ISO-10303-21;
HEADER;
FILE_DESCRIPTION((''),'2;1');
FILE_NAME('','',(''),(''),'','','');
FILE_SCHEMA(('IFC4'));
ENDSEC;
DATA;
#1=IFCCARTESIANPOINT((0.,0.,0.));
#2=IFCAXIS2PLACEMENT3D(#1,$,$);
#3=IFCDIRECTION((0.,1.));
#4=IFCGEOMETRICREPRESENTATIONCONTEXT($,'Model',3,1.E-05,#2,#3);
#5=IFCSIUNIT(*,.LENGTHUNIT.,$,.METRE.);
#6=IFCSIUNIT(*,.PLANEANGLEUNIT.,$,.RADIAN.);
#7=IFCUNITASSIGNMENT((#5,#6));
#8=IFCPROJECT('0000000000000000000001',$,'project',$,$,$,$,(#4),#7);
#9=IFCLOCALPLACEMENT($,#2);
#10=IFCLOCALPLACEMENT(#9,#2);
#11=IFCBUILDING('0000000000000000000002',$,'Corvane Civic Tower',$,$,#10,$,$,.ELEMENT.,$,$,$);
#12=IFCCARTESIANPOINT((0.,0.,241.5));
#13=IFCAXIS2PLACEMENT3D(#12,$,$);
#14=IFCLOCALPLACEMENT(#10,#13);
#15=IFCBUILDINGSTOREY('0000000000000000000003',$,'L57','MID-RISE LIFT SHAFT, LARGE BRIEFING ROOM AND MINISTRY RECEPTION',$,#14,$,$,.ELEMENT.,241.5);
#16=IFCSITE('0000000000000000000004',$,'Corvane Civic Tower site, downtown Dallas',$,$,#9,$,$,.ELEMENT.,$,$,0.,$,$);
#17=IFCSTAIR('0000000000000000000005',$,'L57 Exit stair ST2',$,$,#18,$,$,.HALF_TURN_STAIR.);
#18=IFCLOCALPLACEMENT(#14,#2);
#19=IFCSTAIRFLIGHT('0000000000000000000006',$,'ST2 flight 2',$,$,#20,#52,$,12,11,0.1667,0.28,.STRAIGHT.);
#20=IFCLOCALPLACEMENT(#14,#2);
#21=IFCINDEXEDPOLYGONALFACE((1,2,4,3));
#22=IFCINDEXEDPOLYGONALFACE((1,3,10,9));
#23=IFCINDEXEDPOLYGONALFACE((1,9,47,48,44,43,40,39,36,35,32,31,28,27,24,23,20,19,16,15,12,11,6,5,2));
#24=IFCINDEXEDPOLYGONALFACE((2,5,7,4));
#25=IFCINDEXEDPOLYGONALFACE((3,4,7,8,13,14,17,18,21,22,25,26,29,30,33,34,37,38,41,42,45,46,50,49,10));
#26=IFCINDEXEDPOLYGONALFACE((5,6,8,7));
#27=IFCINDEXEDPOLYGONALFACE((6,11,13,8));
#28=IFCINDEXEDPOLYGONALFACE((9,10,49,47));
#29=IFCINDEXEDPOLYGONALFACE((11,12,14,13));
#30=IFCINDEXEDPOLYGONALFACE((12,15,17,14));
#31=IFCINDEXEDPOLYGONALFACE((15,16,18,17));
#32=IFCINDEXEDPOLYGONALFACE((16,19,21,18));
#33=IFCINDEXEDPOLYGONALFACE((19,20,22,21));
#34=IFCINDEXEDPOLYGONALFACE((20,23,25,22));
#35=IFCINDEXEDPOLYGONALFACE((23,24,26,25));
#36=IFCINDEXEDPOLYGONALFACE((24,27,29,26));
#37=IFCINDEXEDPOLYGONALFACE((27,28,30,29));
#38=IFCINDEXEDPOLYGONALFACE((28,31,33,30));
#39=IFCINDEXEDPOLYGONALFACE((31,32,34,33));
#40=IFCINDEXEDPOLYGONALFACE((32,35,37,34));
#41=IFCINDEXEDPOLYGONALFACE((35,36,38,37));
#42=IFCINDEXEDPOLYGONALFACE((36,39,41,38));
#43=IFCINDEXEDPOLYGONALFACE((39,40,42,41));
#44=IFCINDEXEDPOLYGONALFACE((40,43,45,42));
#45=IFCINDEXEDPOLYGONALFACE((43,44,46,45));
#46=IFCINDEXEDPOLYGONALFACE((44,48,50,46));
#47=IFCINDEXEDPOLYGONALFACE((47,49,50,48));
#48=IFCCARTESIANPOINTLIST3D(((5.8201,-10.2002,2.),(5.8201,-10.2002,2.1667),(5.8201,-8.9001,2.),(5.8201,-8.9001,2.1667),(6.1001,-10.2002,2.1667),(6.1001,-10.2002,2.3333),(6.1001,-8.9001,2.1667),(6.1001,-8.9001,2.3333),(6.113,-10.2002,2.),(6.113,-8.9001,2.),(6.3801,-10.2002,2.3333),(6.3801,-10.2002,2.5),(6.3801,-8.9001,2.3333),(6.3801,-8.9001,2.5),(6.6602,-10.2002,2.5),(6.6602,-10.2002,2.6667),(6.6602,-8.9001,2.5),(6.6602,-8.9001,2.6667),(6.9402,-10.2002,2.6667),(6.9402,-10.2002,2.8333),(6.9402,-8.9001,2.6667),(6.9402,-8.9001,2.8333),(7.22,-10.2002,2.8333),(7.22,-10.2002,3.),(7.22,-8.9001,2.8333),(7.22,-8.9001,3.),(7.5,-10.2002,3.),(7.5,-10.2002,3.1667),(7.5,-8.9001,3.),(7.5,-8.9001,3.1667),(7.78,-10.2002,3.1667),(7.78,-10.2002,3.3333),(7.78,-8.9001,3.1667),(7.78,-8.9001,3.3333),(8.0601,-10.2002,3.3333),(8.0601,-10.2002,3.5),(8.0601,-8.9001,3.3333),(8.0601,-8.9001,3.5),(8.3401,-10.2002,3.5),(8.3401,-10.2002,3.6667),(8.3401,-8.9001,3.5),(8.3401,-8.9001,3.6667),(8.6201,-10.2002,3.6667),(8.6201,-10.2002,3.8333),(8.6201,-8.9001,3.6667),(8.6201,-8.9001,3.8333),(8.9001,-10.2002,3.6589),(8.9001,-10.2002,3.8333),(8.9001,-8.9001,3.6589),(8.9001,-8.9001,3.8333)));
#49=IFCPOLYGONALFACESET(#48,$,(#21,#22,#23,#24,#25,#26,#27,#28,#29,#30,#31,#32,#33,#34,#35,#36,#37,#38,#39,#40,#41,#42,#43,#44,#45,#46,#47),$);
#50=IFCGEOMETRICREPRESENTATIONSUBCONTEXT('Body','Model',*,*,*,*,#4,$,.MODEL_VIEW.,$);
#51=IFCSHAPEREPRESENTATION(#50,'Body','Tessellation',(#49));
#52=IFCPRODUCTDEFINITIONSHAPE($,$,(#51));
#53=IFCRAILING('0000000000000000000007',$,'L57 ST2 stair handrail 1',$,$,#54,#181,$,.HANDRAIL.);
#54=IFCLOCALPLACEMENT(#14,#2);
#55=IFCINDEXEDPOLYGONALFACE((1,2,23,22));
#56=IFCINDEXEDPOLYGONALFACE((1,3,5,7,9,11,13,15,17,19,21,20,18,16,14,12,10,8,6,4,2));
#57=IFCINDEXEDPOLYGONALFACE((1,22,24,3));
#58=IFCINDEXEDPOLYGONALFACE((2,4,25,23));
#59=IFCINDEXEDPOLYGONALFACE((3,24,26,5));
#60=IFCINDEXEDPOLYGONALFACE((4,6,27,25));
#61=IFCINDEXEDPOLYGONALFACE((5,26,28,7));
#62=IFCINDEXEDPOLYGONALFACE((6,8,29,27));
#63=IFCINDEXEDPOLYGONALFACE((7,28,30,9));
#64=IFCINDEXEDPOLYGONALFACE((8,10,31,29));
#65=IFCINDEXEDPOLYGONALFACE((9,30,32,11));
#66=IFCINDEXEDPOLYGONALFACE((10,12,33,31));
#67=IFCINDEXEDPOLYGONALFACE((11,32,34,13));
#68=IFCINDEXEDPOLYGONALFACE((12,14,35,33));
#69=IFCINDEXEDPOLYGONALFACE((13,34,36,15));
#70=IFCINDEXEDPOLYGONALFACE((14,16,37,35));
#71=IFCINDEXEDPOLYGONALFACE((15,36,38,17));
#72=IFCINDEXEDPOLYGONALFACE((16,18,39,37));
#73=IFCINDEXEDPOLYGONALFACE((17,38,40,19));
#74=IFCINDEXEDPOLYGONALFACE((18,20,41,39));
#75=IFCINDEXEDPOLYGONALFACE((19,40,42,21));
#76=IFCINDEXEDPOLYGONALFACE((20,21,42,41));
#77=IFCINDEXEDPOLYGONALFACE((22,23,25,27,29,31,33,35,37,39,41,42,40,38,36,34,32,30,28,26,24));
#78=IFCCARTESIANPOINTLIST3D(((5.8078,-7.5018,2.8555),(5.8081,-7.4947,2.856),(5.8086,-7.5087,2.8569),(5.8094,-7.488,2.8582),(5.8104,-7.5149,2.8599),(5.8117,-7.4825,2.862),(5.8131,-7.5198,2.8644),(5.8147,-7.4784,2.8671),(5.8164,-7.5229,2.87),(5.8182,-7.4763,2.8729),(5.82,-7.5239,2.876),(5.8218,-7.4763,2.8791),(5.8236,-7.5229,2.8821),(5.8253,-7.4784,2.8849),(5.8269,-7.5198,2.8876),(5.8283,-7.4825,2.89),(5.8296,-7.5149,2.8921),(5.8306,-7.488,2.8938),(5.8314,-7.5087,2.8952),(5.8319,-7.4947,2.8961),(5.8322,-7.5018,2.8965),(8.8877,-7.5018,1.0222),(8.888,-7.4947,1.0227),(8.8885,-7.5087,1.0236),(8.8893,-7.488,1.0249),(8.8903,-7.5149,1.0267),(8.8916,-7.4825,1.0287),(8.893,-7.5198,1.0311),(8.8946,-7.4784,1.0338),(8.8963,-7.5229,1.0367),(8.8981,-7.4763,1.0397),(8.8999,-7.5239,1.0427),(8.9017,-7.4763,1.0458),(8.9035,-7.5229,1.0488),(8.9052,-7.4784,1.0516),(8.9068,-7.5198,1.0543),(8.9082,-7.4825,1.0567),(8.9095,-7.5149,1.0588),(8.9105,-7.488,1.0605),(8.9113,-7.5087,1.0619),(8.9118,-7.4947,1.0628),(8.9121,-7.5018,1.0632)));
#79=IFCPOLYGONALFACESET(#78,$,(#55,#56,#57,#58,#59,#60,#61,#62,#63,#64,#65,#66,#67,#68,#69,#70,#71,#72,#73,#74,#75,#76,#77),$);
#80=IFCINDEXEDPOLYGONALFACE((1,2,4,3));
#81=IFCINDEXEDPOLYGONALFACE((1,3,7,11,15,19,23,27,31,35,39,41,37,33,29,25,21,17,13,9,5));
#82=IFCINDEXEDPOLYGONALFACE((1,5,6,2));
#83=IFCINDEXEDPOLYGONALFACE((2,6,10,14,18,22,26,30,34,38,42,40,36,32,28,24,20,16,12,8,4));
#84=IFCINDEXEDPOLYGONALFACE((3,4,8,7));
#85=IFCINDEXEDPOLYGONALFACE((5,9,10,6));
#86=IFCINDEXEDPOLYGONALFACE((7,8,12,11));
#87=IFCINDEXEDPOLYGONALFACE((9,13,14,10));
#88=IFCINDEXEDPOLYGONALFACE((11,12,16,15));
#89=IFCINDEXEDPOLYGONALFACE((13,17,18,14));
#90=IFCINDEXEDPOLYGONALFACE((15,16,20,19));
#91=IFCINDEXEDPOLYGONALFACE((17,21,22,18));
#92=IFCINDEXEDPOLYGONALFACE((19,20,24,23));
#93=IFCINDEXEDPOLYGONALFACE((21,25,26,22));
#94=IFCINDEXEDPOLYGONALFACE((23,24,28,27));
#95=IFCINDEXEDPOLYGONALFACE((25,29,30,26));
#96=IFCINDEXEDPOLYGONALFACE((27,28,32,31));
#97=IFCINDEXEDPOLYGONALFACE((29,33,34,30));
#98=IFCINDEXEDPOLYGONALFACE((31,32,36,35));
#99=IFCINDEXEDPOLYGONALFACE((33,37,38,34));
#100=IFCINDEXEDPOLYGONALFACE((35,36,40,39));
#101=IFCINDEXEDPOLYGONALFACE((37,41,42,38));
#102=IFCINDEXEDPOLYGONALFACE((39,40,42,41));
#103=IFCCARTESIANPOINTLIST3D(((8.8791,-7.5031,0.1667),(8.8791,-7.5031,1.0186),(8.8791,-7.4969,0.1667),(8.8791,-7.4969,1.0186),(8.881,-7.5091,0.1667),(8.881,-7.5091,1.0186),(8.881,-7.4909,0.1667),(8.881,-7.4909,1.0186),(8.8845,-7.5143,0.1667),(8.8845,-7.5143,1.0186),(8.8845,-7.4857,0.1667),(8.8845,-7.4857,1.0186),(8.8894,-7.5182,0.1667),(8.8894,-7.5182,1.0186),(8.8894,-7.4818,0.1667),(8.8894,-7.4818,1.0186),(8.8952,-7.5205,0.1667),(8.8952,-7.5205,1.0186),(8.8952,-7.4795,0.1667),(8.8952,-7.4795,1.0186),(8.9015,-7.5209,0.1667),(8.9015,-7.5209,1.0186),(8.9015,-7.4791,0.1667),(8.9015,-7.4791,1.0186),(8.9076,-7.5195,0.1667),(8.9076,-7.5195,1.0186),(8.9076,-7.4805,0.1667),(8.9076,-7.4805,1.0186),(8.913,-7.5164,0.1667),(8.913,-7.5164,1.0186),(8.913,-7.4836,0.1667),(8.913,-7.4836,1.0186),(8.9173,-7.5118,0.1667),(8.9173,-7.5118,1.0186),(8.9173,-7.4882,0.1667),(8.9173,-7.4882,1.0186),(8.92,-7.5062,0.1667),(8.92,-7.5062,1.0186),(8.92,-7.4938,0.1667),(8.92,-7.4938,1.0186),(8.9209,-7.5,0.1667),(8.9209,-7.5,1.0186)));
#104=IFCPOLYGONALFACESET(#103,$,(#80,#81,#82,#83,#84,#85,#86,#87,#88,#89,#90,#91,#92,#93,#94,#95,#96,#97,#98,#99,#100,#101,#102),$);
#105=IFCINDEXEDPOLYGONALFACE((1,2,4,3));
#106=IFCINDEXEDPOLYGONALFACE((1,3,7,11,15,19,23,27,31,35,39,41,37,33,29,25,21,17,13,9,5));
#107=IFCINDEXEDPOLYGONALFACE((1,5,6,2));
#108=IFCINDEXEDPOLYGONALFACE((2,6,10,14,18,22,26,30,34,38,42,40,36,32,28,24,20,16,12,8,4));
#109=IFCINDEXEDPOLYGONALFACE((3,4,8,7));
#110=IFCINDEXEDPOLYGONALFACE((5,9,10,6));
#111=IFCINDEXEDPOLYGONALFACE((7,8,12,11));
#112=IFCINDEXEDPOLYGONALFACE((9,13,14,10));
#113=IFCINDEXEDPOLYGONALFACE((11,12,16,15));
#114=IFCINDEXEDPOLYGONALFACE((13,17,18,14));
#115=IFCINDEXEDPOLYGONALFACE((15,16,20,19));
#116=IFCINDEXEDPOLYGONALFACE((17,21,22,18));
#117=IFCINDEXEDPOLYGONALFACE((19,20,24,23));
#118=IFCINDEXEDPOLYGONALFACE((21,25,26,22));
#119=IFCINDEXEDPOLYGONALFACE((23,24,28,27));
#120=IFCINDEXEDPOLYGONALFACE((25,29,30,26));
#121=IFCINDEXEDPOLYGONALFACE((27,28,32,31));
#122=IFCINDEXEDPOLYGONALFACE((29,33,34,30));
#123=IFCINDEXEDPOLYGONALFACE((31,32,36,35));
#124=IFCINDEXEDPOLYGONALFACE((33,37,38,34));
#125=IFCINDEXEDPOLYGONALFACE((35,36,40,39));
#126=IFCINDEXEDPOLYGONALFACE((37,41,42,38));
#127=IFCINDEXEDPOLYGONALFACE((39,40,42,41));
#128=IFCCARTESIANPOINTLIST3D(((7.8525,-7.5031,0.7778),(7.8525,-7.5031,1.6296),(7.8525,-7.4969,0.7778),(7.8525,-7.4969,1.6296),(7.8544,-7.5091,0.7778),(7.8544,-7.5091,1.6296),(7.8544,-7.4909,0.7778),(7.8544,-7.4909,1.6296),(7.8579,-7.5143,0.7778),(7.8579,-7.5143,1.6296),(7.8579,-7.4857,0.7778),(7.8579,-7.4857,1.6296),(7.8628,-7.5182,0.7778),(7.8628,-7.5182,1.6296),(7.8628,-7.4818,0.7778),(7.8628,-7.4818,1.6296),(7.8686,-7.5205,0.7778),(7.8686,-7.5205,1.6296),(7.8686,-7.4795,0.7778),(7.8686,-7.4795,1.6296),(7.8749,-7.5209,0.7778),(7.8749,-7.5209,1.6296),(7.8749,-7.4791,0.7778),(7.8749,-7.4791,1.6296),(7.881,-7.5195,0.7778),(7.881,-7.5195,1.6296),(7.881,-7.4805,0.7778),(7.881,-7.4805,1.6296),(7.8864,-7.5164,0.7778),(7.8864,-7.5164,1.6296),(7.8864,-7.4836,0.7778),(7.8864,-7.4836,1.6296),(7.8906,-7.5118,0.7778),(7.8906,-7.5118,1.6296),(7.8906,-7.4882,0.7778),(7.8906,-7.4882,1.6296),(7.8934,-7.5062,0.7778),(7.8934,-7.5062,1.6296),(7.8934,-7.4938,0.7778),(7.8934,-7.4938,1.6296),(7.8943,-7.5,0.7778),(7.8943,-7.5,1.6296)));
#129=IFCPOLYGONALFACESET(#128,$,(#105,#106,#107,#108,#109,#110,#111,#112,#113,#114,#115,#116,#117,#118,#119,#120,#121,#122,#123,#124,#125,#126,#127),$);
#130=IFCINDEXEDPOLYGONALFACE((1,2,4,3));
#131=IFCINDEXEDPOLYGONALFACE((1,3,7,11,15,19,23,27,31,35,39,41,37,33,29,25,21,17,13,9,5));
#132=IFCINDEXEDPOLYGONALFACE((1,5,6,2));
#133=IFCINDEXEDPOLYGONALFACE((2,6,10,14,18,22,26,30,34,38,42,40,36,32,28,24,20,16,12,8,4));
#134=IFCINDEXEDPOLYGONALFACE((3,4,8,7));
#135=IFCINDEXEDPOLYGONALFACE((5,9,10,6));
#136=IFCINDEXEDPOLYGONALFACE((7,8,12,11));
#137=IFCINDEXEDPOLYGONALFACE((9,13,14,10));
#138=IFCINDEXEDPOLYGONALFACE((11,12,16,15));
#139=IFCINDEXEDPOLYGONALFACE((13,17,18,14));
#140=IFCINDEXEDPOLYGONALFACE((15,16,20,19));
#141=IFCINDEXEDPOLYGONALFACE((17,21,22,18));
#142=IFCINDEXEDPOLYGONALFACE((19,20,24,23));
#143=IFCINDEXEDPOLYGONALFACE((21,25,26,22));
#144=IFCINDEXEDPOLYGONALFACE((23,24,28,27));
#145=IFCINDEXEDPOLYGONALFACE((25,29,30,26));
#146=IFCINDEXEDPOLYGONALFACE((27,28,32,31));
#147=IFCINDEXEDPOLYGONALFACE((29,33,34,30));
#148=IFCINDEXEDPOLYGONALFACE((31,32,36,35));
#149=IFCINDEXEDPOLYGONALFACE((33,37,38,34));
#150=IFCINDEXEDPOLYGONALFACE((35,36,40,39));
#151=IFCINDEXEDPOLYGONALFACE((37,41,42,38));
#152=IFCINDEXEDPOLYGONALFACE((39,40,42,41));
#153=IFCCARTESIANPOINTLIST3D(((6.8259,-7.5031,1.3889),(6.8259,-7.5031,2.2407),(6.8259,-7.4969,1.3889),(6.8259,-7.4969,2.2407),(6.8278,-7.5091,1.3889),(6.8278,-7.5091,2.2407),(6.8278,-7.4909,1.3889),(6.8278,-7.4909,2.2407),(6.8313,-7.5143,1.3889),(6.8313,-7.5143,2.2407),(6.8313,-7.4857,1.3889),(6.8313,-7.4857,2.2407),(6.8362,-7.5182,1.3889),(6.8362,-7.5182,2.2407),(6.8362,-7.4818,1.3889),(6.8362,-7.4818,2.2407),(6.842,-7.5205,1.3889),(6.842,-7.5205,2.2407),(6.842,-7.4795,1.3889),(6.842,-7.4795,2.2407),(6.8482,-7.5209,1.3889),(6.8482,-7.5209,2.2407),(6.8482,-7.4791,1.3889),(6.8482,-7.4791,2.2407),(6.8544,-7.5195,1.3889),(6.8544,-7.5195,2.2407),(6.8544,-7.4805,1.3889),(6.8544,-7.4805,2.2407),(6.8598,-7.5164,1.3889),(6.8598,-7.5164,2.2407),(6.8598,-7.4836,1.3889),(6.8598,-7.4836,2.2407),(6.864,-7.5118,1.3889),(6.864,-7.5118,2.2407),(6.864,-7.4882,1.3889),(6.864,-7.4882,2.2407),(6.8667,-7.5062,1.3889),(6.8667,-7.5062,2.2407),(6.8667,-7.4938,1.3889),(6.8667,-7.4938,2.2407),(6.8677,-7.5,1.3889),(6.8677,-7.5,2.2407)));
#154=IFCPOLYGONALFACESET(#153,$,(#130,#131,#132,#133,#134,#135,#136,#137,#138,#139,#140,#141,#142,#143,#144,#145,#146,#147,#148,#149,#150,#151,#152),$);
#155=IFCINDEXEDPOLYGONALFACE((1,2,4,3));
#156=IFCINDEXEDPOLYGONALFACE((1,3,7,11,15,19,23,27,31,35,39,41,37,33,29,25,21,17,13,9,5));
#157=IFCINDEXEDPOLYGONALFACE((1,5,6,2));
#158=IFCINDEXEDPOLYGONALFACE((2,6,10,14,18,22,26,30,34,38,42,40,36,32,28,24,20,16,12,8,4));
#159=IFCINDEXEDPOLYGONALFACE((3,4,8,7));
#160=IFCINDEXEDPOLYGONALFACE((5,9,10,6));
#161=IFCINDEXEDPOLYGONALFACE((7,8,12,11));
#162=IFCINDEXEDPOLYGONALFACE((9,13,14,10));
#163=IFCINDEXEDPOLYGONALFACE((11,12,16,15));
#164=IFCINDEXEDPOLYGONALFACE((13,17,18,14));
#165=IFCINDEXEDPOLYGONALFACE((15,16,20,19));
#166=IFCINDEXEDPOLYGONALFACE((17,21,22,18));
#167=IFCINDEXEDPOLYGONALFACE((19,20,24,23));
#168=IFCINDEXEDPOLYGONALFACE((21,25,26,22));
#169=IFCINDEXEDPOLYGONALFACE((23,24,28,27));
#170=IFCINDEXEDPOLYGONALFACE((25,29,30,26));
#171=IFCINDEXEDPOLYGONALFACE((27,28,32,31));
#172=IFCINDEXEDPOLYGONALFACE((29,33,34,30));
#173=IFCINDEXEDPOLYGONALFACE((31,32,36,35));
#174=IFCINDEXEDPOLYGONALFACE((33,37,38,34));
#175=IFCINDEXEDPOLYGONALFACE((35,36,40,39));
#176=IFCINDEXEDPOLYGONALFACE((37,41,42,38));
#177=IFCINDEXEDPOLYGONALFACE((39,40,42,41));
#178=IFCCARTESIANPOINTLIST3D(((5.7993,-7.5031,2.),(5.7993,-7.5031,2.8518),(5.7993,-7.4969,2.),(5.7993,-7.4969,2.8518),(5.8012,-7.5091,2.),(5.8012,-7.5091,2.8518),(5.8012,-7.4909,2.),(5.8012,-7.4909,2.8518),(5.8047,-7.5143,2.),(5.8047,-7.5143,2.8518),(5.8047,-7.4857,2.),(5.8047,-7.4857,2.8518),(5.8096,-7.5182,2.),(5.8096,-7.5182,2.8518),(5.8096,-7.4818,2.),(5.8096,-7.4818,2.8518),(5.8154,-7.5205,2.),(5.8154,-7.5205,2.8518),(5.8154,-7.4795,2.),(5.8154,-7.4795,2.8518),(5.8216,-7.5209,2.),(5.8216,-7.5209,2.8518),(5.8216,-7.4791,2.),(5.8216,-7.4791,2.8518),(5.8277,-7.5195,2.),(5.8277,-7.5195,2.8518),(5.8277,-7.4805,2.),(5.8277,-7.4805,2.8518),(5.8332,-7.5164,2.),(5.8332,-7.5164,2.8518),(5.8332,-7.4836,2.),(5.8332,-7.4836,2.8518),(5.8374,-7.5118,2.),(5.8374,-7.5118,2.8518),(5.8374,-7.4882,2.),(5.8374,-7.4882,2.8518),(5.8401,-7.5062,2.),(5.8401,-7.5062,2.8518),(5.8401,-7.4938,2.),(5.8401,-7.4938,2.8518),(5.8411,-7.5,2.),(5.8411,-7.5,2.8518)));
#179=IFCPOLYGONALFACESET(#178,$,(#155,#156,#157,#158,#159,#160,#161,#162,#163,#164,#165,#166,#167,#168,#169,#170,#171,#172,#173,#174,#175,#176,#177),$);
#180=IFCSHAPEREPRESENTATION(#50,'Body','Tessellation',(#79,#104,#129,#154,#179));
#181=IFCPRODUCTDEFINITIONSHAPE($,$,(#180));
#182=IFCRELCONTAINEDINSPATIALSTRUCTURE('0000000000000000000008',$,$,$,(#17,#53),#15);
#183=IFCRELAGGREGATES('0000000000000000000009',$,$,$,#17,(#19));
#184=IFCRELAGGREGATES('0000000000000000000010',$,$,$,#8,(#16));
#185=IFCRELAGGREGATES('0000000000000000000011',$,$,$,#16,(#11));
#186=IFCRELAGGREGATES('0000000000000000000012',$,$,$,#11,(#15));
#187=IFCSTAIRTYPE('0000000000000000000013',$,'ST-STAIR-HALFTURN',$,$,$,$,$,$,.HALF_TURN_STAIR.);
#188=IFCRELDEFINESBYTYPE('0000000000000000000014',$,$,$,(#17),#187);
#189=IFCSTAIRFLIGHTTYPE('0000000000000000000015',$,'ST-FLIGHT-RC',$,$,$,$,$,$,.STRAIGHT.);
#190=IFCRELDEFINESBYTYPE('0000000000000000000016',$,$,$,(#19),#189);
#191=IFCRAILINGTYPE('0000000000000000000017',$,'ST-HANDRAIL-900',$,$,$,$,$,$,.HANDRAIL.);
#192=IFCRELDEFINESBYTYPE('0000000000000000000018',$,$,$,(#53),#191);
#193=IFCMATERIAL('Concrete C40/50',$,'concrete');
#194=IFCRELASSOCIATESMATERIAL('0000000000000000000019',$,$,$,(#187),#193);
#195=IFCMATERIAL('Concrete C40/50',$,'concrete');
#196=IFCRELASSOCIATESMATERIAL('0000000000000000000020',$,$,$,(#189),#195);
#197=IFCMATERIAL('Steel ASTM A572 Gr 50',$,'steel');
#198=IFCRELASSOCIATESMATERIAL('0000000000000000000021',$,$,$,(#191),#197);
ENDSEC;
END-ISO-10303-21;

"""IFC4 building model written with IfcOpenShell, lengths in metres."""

from ifc_helpers import new_model, si_unit, direction, frame, origin, origin_2d, place, context, subcontext, project, spatial, polyline, circle, outline, extrude, material, type_object, element, aggregate, save


model = new_model("IFC4")

# Units and contexts
model_context = context("Model", 3, precision=1e-05, world=origin(), true_north=direction((0.0, 1.0)))
body_context = subcontext(model_context, "Body", "Model", "MODEL_VIEW")
ifc_project = project(units=[si_unit("LENGTHUNIT", "METRE"), si_unit("PLANEANGLEUNIT", "RADIAN")], contexts=[model_context])

# Site, building, storey
site_placement = place(None, origin())
site = spatial("IfcSite", under=ifc_project, at=site_placement, Name="Corvane Civic Tower site, downtown Dallas", CompositionType="ELEMENT", RefElevation=0.0)
building_placement = place(site_placement, origin())
building = spatial("IfcBuilding", under=site, at=building_placement, Name="Corvane Civic Tower", CompositionType="ELEMENT")
storey_placement = place(building_placement, frame((0.0, 0.0, 241.5)))
storey = spatial("IfcBuildingStorey", under=building, at=storey_placement, Name="L57", Description="MID-RISE LIFT SHAFT, LARGE BRIEFING ROOM AND MINISTRY RECEPTION", CompositionType="ELEMENT", Elevation=241.5)

# Stair, stair flight
ifc_material_1 = material(Name="Concrete C40/50", Category="concrete")
stair_type = type_object("IfcStairType", Name="ST-STAIR-HALFTURN", PredefinedType="HALF_TURN_STAIR", material=ifc_material_1)
stair_placement = place(storey_placement, origin())
stair = element("IfcStair", 1, at=stair_placement, inside=storey, type_object=stair_type, Name="L57 Exit stair ST2", PredefinedType="HALF_TURN_STAIR")
ifc_material_2 = material(Name="Concrete C40/50", Category="concrete")
stair_flight_type = type_object("IfcStairFlightType", Name="ST-FLIGHT-RC", PredefinedType="STRAIGHT", material=ifc_material_2)
stair_flight_1_placement = place(storey_placement, frame((5.8201, -9.55, 2.0), z_axis=(0.0, 0.0, 1.0), x_axis=(1.0, 0.0, 0.0)))
stair_flight_1 = element("IfcStairFlight", 2, at=stair_flight_1_placement, type_object=stair_flight_type, Name="ST2 flight 2", NumberOfRisers=12, NumberOfTreads=11, PredefinedType="STRAIGHT", RiserHeight=0.1667, TreadLength=0.28, context=body_context, shape_type="SweptSolid", body=[
    extrude(outline(polyline([(0.0, 0.0), (0.0, 0.1667), (0.28, 0.1667), (0.28, 0.3333), (0.5601, 0.3333), (0.5601, 0.5), (0.8401, 0.5), (0.8401, 0.6667), (1.1201, 0.6667), (1.1201, 0.8333), (1.3999, 0.8333), (1.3999, 1.0), (1.6799, 1.0), (1.6799, 1.1667), (1.96, 1.1667), (1.96, 1.3333), (2.24, 1.3333), (2.24, 1.5), (2.52, 1.5), (2.52, 1.6667), (2.8, 1.6667), (2.8, 1.8333), (3.0801, 1.8333), (3.0801, 2.0), (3.0801, 1.6589), (0.293, 0.0), (0.0, 0.0)])), frame((0.0, 0.6499, 0.0), z_axis=(0.0, -1.0, 0.0), x_axis=(1.0, 0.0, 0.0)), (0.0, 0.0, 1.0), 1.3),
])
aggregate(stair, [stair_flight_1])

# Railing
ifc_material_3 = material(Name="Steel ASTM A572 Gr 50", Category="steel")
railing_type_1 = type_object("IfcRailingType", Name="ST-HANDRAIL-900", PredefinedType="HANDRAIL", material=ifc_material_3)
railing_1_placement = place(storey_placement, frame((8.8999, -7.5, 0.1667)))
element("IfcRailing", 3, at=railing_1_placement, inside=storey, type_object=railing_type_1, Name="L57 ST2 stair handrail 1", PredefinedType="HANDRAIL", context=body_context, shape_type="SweptSolid", body=[
    extrude(circle(Radius=0.0239, at=origin_2d()), frame((0.0, 0.0, 0.876), z_axis=(-0.859291, 0.0, 0.511487), x_axis=(0.0, -1.0, 0.0)), (0.0, 0.0, 1.0), 3.5842),
    extrude(circle(Radius=0.021, at=origin_2d()), origin(), (0.0, 0.0, 1.0), 0.8518),
    extrude(circle(Radius=0.021, at=origin_2d()), frame((-1.0266, 0.0, 0.6111)), (0.0, 0.0, 1.0), 0.8518),
    extrude(circle(Radius=0.021, at=origin_2d()), frame((-2.0532, 0.0, 1.2222)), (0.0, 0.0, 1.0), 0.8518),
    extrude(circle(Radius=0.021, at=origin_2d()), frame((-3.0798, 0.0, 1.8333)), (0.0, 0.0, 1.0), 0.8518),
])

save(model, "model.ifc")
